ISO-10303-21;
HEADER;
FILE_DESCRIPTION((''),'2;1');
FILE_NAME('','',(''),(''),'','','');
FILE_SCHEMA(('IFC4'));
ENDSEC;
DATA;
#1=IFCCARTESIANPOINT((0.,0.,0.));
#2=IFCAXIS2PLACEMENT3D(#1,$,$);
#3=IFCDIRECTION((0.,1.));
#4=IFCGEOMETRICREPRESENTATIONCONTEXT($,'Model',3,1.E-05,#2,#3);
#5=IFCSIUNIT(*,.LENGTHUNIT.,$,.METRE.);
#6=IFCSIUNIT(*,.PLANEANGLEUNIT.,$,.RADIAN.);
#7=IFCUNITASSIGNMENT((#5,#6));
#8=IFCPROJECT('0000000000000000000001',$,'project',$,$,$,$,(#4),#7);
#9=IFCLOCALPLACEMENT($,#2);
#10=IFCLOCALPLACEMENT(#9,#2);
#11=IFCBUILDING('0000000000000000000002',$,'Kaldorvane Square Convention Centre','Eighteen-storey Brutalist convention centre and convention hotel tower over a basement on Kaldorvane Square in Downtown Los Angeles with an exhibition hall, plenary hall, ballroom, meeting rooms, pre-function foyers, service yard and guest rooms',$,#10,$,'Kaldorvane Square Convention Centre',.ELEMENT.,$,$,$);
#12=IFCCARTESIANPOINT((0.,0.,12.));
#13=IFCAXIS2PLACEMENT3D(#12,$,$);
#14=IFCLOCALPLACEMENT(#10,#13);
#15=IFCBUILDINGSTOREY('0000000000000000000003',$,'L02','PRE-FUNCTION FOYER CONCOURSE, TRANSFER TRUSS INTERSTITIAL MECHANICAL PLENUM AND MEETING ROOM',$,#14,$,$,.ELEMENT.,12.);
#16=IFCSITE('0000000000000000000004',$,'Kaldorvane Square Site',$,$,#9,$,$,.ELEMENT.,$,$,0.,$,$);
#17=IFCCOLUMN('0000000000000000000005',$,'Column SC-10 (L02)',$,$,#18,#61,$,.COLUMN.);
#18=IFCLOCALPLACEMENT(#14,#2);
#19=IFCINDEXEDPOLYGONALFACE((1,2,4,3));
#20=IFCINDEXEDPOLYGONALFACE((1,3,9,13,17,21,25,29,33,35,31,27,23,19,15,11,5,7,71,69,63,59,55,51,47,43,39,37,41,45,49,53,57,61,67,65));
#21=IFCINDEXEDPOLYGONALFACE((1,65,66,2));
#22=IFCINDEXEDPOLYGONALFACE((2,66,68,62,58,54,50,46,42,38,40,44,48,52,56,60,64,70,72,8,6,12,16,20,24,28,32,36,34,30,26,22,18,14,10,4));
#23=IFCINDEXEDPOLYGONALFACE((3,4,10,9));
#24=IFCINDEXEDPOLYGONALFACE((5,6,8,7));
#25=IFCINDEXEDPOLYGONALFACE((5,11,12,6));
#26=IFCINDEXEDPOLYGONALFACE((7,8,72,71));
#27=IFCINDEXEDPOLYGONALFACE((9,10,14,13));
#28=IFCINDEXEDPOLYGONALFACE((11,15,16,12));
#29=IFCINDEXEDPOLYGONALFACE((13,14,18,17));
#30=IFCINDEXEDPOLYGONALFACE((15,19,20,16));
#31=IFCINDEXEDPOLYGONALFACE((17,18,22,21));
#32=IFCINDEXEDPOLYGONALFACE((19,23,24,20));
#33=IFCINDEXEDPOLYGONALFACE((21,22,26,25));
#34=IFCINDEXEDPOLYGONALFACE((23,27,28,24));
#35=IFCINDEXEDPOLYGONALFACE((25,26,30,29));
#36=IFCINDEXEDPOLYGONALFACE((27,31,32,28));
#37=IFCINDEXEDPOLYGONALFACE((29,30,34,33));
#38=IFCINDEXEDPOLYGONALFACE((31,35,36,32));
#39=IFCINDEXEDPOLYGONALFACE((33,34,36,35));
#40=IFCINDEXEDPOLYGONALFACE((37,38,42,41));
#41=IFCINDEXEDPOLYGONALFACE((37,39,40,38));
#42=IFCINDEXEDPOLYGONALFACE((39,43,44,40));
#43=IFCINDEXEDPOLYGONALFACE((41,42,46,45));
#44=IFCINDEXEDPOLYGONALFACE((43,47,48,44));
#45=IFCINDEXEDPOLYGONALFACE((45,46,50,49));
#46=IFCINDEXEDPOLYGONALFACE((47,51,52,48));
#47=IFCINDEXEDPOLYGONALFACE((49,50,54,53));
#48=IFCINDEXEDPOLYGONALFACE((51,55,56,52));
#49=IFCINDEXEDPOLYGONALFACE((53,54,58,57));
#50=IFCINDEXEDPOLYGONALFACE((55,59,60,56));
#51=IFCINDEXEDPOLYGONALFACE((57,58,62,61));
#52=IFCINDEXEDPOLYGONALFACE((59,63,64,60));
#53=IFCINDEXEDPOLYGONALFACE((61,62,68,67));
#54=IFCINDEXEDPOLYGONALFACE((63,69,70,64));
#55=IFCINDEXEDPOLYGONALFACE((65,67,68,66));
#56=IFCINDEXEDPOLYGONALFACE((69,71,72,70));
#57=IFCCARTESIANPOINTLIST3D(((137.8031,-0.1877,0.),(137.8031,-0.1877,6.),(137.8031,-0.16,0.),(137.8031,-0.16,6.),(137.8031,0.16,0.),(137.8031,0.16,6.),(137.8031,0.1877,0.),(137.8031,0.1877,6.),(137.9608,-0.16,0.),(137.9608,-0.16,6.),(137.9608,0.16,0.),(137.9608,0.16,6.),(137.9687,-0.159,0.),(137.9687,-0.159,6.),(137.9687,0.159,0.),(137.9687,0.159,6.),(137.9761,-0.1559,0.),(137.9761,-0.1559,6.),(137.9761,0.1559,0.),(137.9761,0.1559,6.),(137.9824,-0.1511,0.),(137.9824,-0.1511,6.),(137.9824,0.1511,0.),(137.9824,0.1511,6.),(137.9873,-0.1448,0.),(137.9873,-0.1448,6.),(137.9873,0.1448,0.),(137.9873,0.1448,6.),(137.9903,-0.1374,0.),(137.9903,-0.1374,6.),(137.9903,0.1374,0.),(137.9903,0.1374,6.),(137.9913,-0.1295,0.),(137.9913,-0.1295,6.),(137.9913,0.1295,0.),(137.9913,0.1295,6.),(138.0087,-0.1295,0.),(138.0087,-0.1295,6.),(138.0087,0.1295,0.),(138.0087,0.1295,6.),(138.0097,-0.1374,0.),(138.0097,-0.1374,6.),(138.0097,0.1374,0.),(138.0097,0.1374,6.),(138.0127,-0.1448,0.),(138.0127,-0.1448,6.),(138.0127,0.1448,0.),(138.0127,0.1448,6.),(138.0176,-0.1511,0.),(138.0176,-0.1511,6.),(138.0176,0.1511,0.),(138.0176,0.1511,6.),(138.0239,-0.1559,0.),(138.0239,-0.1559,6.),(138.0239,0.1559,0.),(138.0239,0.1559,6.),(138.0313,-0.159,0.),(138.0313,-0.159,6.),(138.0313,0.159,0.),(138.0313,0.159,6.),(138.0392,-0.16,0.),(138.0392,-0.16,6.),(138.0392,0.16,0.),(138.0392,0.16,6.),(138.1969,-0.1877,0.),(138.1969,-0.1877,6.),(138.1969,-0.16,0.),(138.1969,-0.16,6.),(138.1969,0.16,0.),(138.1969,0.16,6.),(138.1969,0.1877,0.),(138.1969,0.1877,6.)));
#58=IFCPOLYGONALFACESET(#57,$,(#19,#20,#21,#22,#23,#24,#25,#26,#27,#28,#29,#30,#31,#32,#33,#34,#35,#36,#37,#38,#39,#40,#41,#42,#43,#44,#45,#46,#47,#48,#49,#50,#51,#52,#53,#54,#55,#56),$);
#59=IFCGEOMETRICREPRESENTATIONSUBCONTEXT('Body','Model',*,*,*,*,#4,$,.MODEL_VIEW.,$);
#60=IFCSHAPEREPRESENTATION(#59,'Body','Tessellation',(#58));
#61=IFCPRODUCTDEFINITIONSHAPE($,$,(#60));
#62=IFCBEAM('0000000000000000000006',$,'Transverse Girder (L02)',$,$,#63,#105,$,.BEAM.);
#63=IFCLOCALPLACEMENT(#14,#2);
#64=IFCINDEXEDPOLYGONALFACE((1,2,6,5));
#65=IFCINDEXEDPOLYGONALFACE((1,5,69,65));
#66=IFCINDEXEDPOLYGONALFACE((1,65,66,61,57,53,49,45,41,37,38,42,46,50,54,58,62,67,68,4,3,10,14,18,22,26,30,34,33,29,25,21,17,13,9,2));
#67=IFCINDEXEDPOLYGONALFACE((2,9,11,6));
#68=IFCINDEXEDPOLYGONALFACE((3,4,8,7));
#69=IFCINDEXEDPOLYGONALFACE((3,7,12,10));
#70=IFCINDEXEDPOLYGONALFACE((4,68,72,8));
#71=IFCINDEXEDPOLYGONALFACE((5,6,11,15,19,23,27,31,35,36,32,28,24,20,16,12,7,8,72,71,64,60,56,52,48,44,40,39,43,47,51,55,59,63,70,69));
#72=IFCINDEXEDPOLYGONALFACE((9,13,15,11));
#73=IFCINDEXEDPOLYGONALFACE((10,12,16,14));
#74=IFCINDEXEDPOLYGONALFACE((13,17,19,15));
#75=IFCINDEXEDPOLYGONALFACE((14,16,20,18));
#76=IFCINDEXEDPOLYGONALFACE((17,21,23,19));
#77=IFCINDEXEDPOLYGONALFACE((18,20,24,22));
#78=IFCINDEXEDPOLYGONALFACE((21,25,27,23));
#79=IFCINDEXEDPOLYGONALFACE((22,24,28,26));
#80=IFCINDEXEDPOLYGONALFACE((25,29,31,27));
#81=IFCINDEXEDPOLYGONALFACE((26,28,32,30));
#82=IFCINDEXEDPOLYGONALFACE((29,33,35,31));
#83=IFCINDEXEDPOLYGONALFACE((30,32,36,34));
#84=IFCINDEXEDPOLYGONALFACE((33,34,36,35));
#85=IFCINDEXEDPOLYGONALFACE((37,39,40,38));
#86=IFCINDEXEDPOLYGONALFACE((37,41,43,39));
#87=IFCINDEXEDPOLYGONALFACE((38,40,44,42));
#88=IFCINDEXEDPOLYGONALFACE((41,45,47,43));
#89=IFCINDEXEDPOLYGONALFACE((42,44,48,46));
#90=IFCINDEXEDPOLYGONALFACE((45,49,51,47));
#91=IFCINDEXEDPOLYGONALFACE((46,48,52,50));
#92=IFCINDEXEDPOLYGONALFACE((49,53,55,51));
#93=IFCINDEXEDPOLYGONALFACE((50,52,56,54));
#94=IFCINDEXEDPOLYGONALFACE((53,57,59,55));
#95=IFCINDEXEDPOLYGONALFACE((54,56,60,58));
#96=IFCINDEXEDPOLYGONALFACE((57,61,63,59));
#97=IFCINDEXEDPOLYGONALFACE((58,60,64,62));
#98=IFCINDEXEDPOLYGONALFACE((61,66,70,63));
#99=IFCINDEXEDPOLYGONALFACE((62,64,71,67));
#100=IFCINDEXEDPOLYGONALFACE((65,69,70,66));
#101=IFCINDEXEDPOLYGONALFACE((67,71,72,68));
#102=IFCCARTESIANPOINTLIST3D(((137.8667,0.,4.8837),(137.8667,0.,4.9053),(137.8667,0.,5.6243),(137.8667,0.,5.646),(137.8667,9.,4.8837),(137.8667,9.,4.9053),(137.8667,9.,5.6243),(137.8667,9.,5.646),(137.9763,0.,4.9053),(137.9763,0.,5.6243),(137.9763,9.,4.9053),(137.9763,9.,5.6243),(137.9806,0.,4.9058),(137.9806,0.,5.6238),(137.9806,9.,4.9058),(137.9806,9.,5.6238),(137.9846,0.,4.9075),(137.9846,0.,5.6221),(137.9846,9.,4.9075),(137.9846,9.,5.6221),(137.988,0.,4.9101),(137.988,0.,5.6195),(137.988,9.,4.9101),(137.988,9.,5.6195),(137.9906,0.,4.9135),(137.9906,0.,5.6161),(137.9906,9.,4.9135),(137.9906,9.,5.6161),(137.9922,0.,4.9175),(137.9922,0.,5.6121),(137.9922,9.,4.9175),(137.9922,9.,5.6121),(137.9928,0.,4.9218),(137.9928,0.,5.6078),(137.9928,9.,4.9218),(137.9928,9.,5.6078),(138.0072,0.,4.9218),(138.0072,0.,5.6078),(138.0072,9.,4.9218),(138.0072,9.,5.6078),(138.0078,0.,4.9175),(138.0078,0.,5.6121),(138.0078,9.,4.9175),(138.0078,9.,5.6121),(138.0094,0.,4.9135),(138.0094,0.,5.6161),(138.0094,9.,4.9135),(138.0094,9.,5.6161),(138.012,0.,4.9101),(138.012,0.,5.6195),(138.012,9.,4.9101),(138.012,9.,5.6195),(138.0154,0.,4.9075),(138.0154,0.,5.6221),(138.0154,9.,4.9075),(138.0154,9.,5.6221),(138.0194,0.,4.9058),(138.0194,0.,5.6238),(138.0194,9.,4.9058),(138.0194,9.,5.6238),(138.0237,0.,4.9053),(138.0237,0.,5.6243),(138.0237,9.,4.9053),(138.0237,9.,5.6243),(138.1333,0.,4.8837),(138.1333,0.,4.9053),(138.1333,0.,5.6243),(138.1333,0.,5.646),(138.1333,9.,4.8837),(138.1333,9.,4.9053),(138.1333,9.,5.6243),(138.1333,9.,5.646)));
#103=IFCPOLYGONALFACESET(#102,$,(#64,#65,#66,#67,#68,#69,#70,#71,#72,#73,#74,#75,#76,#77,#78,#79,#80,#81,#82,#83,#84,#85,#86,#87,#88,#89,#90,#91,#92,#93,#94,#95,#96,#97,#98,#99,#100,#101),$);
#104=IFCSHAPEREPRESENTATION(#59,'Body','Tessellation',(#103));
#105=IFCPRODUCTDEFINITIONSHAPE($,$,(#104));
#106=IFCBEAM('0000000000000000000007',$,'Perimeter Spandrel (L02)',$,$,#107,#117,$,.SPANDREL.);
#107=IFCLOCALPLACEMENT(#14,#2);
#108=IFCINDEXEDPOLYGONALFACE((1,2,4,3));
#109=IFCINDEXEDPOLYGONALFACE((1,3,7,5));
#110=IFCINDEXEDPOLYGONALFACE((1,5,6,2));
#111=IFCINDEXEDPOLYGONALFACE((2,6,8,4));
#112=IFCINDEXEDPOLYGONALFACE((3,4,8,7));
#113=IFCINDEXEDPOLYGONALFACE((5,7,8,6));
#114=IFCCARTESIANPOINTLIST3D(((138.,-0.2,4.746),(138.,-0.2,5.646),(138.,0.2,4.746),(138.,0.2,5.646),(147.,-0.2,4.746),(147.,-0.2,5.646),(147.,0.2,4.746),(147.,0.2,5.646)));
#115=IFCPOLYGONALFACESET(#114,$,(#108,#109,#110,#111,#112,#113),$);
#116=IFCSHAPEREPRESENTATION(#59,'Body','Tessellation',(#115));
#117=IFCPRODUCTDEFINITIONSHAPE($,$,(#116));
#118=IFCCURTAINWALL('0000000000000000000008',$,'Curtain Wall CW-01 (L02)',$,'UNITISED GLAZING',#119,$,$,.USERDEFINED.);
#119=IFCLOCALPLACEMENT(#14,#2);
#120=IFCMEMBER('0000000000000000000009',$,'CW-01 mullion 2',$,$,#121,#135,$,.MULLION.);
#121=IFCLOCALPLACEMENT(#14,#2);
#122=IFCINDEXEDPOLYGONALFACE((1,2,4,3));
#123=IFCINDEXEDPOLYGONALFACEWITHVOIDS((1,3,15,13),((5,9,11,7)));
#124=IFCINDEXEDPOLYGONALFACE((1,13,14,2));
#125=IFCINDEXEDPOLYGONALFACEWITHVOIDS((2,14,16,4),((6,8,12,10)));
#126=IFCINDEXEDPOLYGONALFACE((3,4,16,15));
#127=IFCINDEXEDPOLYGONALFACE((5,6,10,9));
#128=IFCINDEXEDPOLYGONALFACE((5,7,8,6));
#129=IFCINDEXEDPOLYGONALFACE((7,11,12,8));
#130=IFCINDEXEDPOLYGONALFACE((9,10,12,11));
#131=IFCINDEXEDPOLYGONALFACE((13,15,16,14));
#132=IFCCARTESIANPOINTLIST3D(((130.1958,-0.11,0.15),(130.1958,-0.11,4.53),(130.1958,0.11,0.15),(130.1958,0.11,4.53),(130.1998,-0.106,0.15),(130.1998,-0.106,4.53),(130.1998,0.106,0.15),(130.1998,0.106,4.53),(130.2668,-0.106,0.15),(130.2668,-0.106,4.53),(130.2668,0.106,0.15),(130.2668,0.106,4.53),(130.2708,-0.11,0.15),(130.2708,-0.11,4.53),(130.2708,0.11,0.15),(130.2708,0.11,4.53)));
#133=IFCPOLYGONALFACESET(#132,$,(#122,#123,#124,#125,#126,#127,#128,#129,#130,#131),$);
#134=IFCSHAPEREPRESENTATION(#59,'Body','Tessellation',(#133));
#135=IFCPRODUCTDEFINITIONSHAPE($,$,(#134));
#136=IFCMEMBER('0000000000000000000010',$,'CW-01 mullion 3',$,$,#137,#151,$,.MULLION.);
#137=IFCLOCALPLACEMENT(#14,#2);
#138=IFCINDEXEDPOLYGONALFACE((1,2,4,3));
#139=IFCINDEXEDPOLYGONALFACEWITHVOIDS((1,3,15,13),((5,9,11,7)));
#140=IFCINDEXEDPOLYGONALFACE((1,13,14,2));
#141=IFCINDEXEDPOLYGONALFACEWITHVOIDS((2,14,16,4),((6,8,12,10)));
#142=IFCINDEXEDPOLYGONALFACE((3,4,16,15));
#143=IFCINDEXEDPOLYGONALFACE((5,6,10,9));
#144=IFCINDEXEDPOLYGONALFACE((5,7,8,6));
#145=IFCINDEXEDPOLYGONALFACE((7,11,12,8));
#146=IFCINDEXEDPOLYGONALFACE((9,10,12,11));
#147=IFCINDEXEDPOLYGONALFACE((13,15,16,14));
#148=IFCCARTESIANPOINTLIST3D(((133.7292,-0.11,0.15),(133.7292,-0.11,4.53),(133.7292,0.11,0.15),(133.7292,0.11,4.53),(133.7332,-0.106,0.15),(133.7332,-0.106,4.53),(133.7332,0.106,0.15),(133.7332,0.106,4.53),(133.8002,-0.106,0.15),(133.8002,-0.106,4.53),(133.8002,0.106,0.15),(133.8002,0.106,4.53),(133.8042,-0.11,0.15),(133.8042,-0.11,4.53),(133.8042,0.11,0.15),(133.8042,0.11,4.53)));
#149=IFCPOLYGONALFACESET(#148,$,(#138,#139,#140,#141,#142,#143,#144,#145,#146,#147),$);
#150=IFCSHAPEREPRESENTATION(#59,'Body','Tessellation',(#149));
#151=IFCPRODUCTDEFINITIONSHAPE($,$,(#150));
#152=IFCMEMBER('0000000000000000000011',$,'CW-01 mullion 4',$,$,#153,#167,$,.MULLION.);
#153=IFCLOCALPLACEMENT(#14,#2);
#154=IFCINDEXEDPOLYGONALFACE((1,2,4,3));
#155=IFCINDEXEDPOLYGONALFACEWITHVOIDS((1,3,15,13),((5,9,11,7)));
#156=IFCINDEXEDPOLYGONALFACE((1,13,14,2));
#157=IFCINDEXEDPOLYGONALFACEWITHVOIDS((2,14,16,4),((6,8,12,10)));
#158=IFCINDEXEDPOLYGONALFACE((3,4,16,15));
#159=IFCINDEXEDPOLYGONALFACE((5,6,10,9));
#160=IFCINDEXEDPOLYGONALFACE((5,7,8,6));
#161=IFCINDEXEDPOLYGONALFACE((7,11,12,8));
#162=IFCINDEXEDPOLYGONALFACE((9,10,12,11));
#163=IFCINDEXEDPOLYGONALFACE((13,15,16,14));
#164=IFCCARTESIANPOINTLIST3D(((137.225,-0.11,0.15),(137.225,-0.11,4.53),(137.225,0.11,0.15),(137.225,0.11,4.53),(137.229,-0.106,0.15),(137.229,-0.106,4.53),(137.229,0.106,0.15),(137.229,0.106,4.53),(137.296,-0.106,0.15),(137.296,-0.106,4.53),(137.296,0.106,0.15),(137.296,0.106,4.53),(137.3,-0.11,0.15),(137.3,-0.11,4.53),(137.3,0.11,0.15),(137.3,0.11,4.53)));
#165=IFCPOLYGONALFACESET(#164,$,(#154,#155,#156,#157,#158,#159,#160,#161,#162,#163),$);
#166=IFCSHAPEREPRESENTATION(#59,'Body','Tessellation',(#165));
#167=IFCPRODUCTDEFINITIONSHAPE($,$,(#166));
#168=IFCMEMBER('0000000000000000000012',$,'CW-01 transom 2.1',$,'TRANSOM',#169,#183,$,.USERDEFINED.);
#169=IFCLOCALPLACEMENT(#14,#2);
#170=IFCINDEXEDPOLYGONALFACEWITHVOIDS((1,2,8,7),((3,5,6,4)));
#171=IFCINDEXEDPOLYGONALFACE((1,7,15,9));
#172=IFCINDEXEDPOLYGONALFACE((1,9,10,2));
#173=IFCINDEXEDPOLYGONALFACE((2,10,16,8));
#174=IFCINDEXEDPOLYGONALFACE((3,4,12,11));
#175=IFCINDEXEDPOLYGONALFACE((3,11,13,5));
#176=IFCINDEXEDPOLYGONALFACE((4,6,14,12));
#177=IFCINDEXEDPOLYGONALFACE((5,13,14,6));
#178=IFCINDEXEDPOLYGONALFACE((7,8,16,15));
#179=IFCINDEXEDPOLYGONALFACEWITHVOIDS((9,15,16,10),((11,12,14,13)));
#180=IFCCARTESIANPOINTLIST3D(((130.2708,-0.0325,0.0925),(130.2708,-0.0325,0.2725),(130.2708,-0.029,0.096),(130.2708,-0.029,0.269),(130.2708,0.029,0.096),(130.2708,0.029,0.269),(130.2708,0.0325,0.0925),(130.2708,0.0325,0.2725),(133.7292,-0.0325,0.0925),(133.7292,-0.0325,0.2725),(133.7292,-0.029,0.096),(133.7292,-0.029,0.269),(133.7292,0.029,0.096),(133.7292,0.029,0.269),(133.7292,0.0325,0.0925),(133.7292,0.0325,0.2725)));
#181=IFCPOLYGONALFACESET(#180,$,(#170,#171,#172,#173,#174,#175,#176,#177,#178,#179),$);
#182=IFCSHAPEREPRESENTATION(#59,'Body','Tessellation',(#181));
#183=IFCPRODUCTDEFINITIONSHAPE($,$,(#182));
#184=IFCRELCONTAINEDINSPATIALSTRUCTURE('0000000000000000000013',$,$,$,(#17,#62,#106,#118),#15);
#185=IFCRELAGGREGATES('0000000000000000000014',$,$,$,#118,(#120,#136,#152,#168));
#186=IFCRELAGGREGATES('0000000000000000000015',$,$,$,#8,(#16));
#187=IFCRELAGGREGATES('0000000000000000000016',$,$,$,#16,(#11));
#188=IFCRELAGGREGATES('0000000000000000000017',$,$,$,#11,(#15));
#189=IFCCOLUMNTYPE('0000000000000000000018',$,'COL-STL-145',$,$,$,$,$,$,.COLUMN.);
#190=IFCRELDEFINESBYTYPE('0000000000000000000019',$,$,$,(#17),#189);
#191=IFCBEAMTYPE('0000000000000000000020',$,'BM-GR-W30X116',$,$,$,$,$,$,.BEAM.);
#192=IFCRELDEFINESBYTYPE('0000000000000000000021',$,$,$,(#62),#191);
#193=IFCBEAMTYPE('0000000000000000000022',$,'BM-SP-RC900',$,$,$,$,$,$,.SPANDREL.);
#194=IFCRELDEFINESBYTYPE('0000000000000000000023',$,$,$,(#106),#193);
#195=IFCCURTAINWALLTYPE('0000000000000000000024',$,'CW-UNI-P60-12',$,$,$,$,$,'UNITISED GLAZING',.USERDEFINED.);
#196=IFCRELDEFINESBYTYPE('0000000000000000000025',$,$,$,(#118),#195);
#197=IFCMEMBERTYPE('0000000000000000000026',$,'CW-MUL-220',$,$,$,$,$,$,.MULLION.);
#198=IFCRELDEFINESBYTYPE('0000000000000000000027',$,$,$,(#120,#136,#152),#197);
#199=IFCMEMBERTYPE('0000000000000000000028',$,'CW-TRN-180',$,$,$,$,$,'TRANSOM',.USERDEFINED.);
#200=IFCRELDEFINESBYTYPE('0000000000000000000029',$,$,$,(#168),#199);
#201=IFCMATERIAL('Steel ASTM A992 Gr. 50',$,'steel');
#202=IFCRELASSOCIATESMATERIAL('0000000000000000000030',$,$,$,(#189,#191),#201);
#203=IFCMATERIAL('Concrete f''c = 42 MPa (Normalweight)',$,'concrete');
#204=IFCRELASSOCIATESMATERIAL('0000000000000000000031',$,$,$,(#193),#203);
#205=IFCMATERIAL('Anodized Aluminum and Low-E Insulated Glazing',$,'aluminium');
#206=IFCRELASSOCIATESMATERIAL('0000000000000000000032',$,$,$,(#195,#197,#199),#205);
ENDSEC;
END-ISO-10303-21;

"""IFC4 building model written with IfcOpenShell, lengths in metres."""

from ifc_helpers import new_model, si_unit, direction, frame, origin, origin_2d, place, context, subcontext, project, spatial, rectangle, hollow_rectangle, i_section, extrude, material, material_profile, profile_set, type_object, element, aggregate, save


model = new_model("IFC4")

# Units and contexts
model_context = context("Model", 3, precision=1e-05, world=origin(), true_north=direction((0.0, 1.0)))
body_context = subcontext(model_context, "Body", "Model", "MODEL_VIEW")
ifc_project = project(units=[si_unit("LENGTHUNIT", "METRE"), si_unit("PLANEANGLEUNIT", "RADIAN")], contexts=[model_context])

# Site, building, storey
site_placement = place(None, origin())
site = spatial("IfcSite", under=ifc_project, at=site_placement, Name="Kaldorvane Square Site", CompositionType="ELEMENT", RefElevation=0.0)
building_placement = place(site_placement, origin())
building = spatial("IfcBuilding", under=site, at=building_placement, Name="Kaldorvane Square Convention Centre", Description="Eighteen-storey Brutalist convention centre and convention hotel tower over a basement on Kaldorvane Square in Downtown Los Angeles with an exhibition hall, plenary hall, ballroom, meeting rooms, pre-function foyers, service yard and guest rooms", LongName="Kaldorvane Square Convention Centre", CompositionType="ELEMENT")
storey_placement = place(building_placement, frame((0.0, 0.0, 12.0)))
storey = spatial("IfcBuildingStorey", under=building, at=storey_placement, Name="L02", Description="PRE-FUNCTION FOYER CONCOURSE, TRANSFER TRUSS INTERSTITIAL MECHANICAL PLENUM AND MEETING ROOM", CompositionType="ELEMENT", Elevation=12.0)

# Column
ifc_material_1 = material(Name="Steel ASTM A992 Gr. 50", Category="steel")
ifc_material_profile_1 = material_profile(ifc_material_1, i_section(OverallWidth=0.3937, OverallDepth=0.3754, WebThickness=0.0173, FlangeThickness=0.0277, FilletRadius=0.0305, at=origin_2d()), Name="W14X145")
ifc_profile_set_1 = profile_set([ifc_material_profile_1], Name="Steel ASTM A992 Gr. 50")
column_type = type_object("IfcColumnType", Name="COL-STL-145", PredefinedType="COLUMN", material=ifc_profile_set_1)
column_placement = place(storey_placement, frame((138.0, 0.0, 0.0), z_axis=(0.0, 0.0, 1.0), x_axis=(1.0, 0.0, 0.0)))
element("IfcColumn", 1, at=column_placement, inside=storey, type_object=column_type, Name="Column SC-10 (L02)", PredefinedType="COLUMN", context=body_context, shape_type="SweptSolid", body=[
    extrude(i_section(OverallWidth=0.3937, OverallDepth=0.3754, WebThickness=0.0173, FlangeThickness=0.0277, FilletRadius=0.0305, at=origin_2d()), origin(), (0.0, 0.0, 1.0), 6.0),
])

# Beams
ifc_material_profile_2 = material_profile(ifc_material_1, i_section(OverallWidth=0.2666, OverallDepth=0.7623, WebThickness=0.0144, FlangeThickness=0.0216, FilletRadius=0.0165, at=origin_2d()), Name="W30X116")
ifc_profile_set_2 = profile_set([ifc_material_profile_2], Name="Steel ASTM A992 Gr. 50")
beam_type_1 = type_object("IfcBeamType", Name="BM-GR-W30X116", PredefinedType="BEAM", material=ifc_profile_set_2)
beam_1_placement = place(storey_placement, frame((138.0, 0.0, 5.2648), z_axis=(0.0, 1.0, 0.0), x_axis=(-1.0, 0.0, 0.0)))
element("IfcBeam", 2, at=beam_1_placement, inside=storey, type_object=beam_type_1, Name="Transverse Girder (L02)", PredefinedType="BEAM", context=body_context, shape_type="SweptSolid", body=[
    extrude(i_section(OverallWidth=0.2666, OverallDepth=0.7623, WebThickness=0.0144, FlangeThickness=0.0216, FilletRadius=0.0165, at=origin_2d()), origin(), (0.0, 0.0, 1.0), 9.0),
])
ifc_material_2 = material(Name="Concrete f'c = 42 MPa (Normalweight)", Category="concrete")
ifc_material_profile_3 = material_profile(ifc_material_2, rectangle(XDim=0.4, YDim=0.9, at=origin_2d()), Name="RCSP900X400")
ifc_profile_set_3 = profile_set([ifc_material_profile_3], Name="Concrete f'c = 42 MPa (Normalweight)")
beam_type_2 = type_object("IfcBeamType", Name="BM-SP-RC900", PredefinedType="SPANDREL", material=ifc_profile_set_3)
beam_2_placement = place(storey_placement, frame((138.0, 0.0, 5.196), z_axis=(1.0, 0.0, 0.0), x_axis=(0.0, 1.0, 0.0)))
element("IfcBeam", 3, at=beam_2_placement, inside=storey, type_object=beam_type_2, Name="Perimeter Spandrel (L02)", PredefinedType="SPANDREL", context=body_context, shape_type="SweptSolid", body=[
    extrude(rectangle(XDim=0.4, YDim=0.9, at=origin_2d()), origin(), (0.0, 0.0, 1.0), 9.0),
])

# Curtain wall, members
ifc_material_3 = material(Name="Anodized Aluminum and Low-E Insulated Glazing", Category="aluminium")
curtain_wall_type = type_object("IfcCurtainWallType", Name="CW-UNI-P60-12", ElementType="UNITISED GLAZING", PredefinedType="USERDEFINED", material=ifc_material_3)
curtain_wall_placement = place(storey_placement, origin())
curtain_wall = element("IfcCurtainWall", 4, at=curtain_wall_placement, inside=storey, type_object=curtain_wall_type, Name="Curtain Wall CW-01 (L02)", ObjectType="UNITISED GLAZING", PredefinedType="USERDEFINED")
ifc_material_profile_4 = material_profile(ifc_material_3, hollow_rectangle(XDim=0.075, YDim=0.22, WallThickness=0.004, at=origin_2d()), Name="CWM-220X75")
ifc_profile_set_4 = profile_set([ifc_material_profile_4], Name="Anodized Aluminum and Low-E Insulated Glazing")
member_type_1 = type_object("IfcMemberType", Name="CW-MUL-220", PredefinedType="MULLION", material=ifc_profile_set_4)
member_1_placement = place(storey_placement, frame((130.2333, 0.0, 0.15), z_axis=(0.0, 0.0, 1.0), x_axis=(1.0, 0.0, 0.0)))
member_1 = element("IfcMember", 5, at=member_1_placement, type_object=member_type_1, Name="CW-01 mullion 2", PredefinedType="MULLION", context=body_context, shape_type="SweptSolid", body=[
    extrude(hollow_rectangle(XDim=0.075, YDim=0.22, WallThickness=0.004, at=origin_2d()), origin(), (0.0, 0.0, 1.0), 4.38),
])
member_2_placement = place(storey_placement, frame((133.7667, 0.0, 0.15), z_axis=(0.0, 0.0, 1.0), x_axis=(1.0, 0.0, 0.0)))
member_2 = element("IfcMember", 6, at=member_2_placement, type_object=member_type_1, Name="CW-01 mullion 3", PredefinedType="MULLION", context=body_context, shape_type="SweptSolid", body=[
    extrude(hollow_rectangle(XDim=0.075, YDim=0.22, WallThickness=0.004, at=origin_2d()), origin(), (0.0, 0.0, 1.0), 4.38),
])
member_3_placement = place(storey_placement, frame((137.2625, 0.0, 0.15), z_axis=(0.0, 0.0, 1.0), x_axis=(1.0, 0.0, 0.0)))
member_3 = element("IfcMember", 7, at=member_3_placement, type_object=member_type_1, Name="CW-01 mullion 4", PredefinedType="MULLION", context=body_context, shape_type="SweptSolid", body=[
    extrude(hollow_rectangle(XDim=0.075, YDim=0.22, WallThickness=0.004, at=origin_2d()), origin(), (0.0, 0.0, 1.0), 4.38),
])
ifc_material_profile_5 = material_profile(ifc_material_3, hollow_rectangle(XDim=0.065, YDim=0.18, WallThickness=0.0035, at=origin_2d()), Name="CWT-180X65")
ifc_profile_set_5 = profile_set([ifc_material_profile_5], Name="Anodized Aluminum and Low-E Insulated Glazing")
member_type_2 = type_object("IfcMemberType", Name="CW-TRN-180", ElementType="TRANSOM", PredefinedType="USERDEFINED", material=ifc_profile_set_5)
member_4_placement = place(storey_placement, frame((130.2708, 0.0, 0.1825), z_axis=(1.0, 0.0, 0.0), x_axis=(0.0, 1.0, 0.0)))
member_4 = element("IfcMember", 8, at=member_4_placement, type_object=member_type_2, Name="CW-01 transom 2.1", ObjectType="TRANSOM", PredefinedType="USERDEFINED", context=body_context, shape_type="SweptSolid", body=[
    extrude(hollow_rectangle(XDim=0.065, YDim=0.18, WallThickness=0.0035, at=origin_2d()), origin(), (0.0, 0.0, 1.0), 3.4583),
])
aggregate(curtain_wall, [member_1, member_2, member_3, member_4])

save(model, "model.ifc")
